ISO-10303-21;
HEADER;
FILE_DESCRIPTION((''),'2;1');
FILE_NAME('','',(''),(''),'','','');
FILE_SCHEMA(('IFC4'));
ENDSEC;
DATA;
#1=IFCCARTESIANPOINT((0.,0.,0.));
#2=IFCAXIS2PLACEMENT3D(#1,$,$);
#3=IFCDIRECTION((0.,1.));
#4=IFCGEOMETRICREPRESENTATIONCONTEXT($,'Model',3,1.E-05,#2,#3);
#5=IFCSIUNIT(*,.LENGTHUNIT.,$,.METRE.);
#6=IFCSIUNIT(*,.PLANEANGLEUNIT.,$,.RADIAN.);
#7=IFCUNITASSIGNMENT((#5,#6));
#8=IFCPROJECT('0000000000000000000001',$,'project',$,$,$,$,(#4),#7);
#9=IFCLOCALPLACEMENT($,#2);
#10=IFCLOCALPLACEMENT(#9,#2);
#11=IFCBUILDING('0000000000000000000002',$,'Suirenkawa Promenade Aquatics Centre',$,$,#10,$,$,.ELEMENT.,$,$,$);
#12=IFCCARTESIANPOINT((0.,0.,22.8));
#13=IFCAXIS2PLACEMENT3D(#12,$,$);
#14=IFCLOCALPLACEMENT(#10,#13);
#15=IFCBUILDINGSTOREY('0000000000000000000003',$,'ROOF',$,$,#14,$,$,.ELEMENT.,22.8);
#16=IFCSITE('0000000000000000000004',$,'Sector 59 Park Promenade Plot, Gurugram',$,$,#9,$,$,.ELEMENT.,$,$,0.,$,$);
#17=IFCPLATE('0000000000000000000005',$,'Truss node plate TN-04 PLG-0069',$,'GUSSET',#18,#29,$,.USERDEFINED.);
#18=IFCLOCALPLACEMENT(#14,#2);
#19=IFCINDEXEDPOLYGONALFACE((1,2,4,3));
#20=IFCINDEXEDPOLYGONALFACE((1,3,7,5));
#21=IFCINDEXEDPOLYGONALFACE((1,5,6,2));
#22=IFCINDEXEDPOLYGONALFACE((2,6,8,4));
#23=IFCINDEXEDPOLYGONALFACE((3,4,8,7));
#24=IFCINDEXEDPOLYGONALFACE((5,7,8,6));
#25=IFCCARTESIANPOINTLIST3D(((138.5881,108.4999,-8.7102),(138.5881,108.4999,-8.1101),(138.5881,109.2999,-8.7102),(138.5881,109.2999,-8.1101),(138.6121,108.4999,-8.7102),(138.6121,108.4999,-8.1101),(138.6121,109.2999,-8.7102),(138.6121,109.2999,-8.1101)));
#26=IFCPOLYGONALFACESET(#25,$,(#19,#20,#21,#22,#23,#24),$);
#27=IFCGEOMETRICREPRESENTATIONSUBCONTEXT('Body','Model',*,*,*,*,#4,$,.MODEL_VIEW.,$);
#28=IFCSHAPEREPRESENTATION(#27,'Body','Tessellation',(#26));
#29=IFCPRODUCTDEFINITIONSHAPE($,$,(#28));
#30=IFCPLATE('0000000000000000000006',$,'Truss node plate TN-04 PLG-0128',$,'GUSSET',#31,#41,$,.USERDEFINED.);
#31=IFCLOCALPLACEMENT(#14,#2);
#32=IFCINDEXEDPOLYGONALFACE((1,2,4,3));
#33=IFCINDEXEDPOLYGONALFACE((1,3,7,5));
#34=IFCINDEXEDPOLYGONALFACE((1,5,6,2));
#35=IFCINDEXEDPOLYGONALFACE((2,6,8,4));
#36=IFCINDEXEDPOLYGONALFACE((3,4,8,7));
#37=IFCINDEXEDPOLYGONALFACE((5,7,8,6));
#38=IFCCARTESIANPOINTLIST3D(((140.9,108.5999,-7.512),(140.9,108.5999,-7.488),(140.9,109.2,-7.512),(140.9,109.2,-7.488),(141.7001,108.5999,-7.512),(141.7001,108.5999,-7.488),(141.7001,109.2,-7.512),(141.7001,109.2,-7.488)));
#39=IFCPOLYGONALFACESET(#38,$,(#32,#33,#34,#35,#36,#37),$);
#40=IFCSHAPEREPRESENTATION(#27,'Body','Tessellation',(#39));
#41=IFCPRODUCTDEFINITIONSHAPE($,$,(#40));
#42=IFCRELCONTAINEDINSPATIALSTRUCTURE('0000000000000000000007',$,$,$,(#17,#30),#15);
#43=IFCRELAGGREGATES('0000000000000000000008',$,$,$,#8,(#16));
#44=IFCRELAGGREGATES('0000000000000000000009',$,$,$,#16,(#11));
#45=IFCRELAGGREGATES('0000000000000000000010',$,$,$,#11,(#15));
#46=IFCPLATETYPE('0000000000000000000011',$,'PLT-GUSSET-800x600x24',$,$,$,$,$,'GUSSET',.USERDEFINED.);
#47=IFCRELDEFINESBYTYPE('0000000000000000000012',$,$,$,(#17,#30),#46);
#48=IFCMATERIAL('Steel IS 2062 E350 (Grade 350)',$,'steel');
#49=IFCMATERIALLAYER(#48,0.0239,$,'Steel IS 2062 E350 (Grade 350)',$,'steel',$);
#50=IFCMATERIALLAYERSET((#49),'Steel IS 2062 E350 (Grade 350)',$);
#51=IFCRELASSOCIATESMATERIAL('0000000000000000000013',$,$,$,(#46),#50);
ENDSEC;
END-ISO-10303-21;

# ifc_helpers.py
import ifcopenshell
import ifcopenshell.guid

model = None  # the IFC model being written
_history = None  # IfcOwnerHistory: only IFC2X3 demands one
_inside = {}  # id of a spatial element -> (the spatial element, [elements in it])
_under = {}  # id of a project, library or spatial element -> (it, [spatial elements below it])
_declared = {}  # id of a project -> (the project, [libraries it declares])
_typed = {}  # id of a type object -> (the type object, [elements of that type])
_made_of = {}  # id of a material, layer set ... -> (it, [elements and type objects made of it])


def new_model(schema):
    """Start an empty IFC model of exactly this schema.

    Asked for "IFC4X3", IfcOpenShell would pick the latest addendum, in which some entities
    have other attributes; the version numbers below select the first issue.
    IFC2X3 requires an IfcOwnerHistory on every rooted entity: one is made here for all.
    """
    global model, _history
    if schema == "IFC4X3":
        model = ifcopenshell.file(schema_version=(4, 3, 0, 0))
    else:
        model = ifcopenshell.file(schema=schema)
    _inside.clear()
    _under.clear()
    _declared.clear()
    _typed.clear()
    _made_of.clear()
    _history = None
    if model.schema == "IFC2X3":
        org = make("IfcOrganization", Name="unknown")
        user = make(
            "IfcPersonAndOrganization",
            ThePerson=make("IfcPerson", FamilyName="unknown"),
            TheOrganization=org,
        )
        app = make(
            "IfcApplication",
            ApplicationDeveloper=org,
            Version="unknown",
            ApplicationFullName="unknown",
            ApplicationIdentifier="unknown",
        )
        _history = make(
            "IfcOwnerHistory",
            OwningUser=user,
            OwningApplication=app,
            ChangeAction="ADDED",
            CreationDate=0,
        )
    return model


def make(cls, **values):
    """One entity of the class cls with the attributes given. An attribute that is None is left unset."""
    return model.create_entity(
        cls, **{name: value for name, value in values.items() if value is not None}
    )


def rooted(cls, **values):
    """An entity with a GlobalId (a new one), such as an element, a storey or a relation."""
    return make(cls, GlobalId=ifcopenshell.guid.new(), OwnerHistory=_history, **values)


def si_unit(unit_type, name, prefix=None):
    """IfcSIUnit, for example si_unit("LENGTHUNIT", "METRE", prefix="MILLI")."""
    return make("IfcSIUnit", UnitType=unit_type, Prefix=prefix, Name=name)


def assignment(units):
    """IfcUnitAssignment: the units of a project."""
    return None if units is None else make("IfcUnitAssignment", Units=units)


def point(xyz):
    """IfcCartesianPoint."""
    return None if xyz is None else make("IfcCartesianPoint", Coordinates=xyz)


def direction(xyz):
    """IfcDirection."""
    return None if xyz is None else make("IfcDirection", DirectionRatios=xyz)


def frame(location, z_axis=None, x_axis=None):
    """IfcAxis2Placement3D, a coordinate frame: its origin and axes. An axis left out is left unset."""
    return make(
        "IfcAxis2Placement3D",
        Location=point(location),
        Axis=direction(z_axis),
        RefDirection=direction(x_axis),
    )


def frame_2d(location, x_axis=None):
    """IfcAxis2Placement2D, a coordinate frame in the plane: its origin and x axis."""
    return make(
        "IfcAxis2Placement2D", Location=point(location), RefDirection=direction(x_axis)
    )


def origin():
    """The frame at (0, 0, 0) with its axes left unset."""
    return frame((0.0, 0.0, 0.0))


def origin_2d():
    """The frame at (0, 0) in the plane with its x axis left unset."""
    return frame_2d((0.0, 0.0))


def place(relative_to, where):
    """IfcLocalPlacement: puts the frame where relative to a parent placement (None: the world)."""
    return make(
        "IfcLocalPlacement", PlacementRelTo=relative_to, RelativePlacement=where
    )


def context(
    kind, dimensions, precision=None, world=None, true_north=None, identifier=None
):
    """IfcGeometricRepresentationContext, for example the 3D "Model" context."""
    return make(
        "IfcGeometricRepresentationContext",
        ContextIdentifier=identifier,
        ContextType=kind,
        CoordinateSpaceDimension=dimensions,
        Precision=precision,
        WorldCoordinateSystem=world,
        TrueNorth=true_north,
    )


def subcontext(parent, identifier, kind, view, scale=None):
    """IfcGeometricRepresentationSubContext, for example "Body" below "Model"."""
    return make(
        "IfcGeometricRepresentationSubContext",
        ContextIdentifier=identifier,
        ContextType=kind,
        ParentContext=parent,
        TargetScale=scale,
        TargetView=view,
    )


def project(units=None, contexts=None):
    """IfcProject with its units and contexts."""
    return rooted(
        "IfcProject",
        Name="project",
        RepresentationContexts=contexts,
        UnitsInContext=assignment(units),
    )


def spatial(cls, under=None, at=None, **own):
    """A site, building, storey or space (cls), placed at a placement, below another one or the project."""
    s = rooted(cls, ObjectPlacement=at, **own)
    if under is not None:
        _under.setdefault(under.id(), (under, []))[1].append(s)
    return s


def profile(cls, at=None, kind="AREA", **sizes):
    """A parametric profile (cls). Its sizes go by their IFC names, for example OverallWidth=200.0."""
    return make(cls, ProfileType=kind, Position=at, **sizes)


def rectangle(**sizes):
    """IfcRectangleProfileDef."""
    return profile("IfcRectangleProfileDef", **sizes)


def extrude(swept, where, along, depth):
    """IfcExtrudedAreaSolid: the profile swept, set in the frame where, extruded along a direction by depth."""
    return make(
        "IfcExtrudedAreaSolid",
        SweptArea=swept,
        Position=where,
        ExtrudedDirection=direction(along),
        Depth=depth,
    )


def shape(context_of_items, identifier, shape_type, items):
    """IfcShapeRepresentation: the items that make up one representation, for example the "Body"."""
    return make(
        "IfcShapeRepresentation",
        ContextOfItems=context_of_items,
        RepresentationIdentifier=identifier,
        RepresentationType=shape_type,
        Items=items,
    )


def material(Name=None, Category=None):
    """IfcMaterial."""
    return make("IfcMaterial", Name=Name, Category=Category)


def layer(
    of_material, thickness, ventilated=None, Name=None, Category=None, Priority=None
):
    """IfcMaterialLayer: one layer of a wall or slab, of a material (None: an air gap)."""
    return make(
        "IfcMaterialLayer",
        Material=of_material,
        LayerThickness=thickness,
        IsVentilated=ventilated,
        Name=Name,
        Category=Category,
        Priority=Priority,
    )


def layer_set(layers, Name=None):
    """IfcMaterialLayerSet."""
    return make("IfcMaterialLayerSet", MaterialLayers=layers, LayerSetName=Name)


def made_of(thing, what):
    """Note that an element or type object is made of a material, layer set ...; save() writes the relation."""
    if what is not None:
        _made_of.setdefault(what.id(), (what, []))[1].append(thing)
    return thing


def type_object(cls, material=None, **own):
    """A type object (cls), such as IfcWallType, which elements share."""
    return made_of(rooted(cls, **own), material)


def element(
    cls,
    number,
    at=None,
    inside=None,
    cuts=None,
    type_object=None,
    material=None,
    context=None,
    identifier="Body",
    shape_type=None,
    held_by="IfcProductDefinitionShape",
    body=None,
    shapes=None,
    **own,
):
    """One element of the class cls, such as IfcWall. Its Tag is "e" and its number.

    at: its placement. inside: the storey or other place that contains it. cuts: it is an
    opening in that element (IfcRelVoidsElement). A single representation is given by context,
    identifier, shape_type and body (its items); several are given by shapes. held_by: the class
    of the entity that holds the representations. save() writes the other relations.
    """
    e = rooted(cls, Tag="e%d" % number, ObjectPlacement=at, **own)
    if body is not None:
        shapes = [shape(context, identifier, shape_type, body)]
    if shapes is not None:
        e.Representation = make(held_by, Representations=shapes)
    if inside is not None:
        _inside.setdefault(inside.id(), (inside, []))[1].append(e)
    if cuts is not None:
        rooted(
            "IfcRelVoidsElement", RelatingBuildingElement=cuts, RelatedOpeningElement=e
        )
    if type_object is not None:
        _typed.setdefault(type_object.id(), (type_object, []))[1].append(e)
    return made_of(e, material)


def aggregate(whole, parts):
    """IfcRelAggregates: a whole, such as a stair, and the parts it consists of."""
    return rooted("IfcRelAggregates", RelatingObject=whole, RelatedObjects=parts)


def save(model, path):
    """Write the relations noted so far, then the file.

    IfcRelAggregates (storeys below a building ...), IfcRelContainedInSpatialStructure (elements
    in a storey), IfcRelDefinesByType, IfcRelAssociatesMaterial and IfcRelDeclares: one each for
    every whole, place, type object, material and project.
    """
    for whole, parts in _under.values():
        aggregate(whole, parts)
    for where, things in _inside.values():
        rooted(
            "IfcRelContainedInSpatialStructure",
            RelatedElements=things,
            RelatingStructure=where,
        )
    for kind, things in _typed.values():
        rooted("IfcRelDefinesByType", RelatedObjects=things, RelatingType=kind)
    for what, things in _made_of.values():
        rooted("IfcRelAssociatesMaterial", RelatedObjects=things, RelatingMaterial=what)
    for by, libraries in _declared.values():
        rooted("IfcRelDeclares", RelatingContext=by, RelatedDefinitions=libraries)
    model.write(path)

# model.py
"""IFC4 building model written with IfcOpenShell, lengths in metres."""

from ifc_helpers import new_model, si_unit, direction, frame, origin, origin_2d, place, context, subcontext, project, spatial, rectangle, extrude, material, layer, layer_set, type_object, element, save


model = new_model("IFC4")

# Units and contexts
model_context = context("Model", 3, precision=1e-05, world=origin(), true_north=direction((0.0, 1.0)))
body_context = subcontext(model_context, "Body", "Model", "MODEL_VIEW")
ifc_project = project(units=[si_unit("LENGTHUNIT", "METRE"), si_unit("PLANEANGLEUNIT", "RADIAN")], contexts=[model_context])

# Site, building, storey
site_placement = place(None, origin())
site = spatial("IfcSite", under=ifc_project, at=site_placement, Name="Sector 59 Park Promenade Plot, Gurugram", CompositionType="ELEMENT", RefElevation=0.0)
building_placement = place(site_placement, origin())
building = spatial("IfcBuilding", under=site, at=building_placement, Name="Suirenkawa Promenade Aquatics Centre", CompositionType="ELEMENT")
storey_placement = place(building_placement, frame((0.0, 0.0, 22.8)))
storey = spatial("IfcBuildingStorey", under=building, at=storey_placement, Name="ROOF", CompositionType="ELEMENT", Elevation=22.8)

# Shared definitions
ifc_material = material(Name="Steel IS 2062 E350 (Grade 350)", Category="steel")

# Plates
ifc_layer_1 = layer(ifc_material, 0.0239, Name="Steel IS 2062 E350 (Grade 350)", Category="steel")
ifc_layer_set_1 = layer_set([ifc_layer_1], Name="Steel IS 2062 E350 (Grade 350)")
plate_type_1 = type_object("IfcPlateType", Name="PLT-GUSSET-800x600x24", ElementType="GUSSET", PredefinedType="USERDEFINED", material=ifc_layer_set_1)
plate_1_placement = place(storey_placement, frame((138.6001, 108.8999, -8.7102), z_axis=(0.0, 0.0, 1.0), x_axis=(0.0, 1.0, 0.0)))
element("IfcPlate", 1, at=plate_1_placement, inside=storey, type_object=plate_type_1, Name="Truss node plate TN-04 PLG-0069", ObjectType="GUSSET", PredefinedType="USERDEFINED", context=body_context, shape_type="SweptSolid", body=[
    extrude(rectangle(XDim=0.8, YDim=0.0239, at=origin_2d()), origin(), (0.0, 0.0, 1.0), 0.6001),
])
plate_2_placement = place(storey_placement, frame((141.3, 108.8999, -7.512), z_axis=(0.0, 0.0, 1.0), x_axis=(1.0, 0.0, 0.0)))
element("IfcPlate", 2, at=plate_2_placement, inside=storey, type_object=plate_type_1, Name="Truss node plate TN-04 PLG-0128", ObjectType="GUSSET", PredefinedType="USERDEFINED", context=body_context, shape_type="SweptSolid", body=[
    extrude(rectangle(XDim=0.8, YDim=0.6001, at=origin_2d()), origin(), (0.0, 0.0, 1.0), 0.0239),
])

save(model, "model.ifc")
